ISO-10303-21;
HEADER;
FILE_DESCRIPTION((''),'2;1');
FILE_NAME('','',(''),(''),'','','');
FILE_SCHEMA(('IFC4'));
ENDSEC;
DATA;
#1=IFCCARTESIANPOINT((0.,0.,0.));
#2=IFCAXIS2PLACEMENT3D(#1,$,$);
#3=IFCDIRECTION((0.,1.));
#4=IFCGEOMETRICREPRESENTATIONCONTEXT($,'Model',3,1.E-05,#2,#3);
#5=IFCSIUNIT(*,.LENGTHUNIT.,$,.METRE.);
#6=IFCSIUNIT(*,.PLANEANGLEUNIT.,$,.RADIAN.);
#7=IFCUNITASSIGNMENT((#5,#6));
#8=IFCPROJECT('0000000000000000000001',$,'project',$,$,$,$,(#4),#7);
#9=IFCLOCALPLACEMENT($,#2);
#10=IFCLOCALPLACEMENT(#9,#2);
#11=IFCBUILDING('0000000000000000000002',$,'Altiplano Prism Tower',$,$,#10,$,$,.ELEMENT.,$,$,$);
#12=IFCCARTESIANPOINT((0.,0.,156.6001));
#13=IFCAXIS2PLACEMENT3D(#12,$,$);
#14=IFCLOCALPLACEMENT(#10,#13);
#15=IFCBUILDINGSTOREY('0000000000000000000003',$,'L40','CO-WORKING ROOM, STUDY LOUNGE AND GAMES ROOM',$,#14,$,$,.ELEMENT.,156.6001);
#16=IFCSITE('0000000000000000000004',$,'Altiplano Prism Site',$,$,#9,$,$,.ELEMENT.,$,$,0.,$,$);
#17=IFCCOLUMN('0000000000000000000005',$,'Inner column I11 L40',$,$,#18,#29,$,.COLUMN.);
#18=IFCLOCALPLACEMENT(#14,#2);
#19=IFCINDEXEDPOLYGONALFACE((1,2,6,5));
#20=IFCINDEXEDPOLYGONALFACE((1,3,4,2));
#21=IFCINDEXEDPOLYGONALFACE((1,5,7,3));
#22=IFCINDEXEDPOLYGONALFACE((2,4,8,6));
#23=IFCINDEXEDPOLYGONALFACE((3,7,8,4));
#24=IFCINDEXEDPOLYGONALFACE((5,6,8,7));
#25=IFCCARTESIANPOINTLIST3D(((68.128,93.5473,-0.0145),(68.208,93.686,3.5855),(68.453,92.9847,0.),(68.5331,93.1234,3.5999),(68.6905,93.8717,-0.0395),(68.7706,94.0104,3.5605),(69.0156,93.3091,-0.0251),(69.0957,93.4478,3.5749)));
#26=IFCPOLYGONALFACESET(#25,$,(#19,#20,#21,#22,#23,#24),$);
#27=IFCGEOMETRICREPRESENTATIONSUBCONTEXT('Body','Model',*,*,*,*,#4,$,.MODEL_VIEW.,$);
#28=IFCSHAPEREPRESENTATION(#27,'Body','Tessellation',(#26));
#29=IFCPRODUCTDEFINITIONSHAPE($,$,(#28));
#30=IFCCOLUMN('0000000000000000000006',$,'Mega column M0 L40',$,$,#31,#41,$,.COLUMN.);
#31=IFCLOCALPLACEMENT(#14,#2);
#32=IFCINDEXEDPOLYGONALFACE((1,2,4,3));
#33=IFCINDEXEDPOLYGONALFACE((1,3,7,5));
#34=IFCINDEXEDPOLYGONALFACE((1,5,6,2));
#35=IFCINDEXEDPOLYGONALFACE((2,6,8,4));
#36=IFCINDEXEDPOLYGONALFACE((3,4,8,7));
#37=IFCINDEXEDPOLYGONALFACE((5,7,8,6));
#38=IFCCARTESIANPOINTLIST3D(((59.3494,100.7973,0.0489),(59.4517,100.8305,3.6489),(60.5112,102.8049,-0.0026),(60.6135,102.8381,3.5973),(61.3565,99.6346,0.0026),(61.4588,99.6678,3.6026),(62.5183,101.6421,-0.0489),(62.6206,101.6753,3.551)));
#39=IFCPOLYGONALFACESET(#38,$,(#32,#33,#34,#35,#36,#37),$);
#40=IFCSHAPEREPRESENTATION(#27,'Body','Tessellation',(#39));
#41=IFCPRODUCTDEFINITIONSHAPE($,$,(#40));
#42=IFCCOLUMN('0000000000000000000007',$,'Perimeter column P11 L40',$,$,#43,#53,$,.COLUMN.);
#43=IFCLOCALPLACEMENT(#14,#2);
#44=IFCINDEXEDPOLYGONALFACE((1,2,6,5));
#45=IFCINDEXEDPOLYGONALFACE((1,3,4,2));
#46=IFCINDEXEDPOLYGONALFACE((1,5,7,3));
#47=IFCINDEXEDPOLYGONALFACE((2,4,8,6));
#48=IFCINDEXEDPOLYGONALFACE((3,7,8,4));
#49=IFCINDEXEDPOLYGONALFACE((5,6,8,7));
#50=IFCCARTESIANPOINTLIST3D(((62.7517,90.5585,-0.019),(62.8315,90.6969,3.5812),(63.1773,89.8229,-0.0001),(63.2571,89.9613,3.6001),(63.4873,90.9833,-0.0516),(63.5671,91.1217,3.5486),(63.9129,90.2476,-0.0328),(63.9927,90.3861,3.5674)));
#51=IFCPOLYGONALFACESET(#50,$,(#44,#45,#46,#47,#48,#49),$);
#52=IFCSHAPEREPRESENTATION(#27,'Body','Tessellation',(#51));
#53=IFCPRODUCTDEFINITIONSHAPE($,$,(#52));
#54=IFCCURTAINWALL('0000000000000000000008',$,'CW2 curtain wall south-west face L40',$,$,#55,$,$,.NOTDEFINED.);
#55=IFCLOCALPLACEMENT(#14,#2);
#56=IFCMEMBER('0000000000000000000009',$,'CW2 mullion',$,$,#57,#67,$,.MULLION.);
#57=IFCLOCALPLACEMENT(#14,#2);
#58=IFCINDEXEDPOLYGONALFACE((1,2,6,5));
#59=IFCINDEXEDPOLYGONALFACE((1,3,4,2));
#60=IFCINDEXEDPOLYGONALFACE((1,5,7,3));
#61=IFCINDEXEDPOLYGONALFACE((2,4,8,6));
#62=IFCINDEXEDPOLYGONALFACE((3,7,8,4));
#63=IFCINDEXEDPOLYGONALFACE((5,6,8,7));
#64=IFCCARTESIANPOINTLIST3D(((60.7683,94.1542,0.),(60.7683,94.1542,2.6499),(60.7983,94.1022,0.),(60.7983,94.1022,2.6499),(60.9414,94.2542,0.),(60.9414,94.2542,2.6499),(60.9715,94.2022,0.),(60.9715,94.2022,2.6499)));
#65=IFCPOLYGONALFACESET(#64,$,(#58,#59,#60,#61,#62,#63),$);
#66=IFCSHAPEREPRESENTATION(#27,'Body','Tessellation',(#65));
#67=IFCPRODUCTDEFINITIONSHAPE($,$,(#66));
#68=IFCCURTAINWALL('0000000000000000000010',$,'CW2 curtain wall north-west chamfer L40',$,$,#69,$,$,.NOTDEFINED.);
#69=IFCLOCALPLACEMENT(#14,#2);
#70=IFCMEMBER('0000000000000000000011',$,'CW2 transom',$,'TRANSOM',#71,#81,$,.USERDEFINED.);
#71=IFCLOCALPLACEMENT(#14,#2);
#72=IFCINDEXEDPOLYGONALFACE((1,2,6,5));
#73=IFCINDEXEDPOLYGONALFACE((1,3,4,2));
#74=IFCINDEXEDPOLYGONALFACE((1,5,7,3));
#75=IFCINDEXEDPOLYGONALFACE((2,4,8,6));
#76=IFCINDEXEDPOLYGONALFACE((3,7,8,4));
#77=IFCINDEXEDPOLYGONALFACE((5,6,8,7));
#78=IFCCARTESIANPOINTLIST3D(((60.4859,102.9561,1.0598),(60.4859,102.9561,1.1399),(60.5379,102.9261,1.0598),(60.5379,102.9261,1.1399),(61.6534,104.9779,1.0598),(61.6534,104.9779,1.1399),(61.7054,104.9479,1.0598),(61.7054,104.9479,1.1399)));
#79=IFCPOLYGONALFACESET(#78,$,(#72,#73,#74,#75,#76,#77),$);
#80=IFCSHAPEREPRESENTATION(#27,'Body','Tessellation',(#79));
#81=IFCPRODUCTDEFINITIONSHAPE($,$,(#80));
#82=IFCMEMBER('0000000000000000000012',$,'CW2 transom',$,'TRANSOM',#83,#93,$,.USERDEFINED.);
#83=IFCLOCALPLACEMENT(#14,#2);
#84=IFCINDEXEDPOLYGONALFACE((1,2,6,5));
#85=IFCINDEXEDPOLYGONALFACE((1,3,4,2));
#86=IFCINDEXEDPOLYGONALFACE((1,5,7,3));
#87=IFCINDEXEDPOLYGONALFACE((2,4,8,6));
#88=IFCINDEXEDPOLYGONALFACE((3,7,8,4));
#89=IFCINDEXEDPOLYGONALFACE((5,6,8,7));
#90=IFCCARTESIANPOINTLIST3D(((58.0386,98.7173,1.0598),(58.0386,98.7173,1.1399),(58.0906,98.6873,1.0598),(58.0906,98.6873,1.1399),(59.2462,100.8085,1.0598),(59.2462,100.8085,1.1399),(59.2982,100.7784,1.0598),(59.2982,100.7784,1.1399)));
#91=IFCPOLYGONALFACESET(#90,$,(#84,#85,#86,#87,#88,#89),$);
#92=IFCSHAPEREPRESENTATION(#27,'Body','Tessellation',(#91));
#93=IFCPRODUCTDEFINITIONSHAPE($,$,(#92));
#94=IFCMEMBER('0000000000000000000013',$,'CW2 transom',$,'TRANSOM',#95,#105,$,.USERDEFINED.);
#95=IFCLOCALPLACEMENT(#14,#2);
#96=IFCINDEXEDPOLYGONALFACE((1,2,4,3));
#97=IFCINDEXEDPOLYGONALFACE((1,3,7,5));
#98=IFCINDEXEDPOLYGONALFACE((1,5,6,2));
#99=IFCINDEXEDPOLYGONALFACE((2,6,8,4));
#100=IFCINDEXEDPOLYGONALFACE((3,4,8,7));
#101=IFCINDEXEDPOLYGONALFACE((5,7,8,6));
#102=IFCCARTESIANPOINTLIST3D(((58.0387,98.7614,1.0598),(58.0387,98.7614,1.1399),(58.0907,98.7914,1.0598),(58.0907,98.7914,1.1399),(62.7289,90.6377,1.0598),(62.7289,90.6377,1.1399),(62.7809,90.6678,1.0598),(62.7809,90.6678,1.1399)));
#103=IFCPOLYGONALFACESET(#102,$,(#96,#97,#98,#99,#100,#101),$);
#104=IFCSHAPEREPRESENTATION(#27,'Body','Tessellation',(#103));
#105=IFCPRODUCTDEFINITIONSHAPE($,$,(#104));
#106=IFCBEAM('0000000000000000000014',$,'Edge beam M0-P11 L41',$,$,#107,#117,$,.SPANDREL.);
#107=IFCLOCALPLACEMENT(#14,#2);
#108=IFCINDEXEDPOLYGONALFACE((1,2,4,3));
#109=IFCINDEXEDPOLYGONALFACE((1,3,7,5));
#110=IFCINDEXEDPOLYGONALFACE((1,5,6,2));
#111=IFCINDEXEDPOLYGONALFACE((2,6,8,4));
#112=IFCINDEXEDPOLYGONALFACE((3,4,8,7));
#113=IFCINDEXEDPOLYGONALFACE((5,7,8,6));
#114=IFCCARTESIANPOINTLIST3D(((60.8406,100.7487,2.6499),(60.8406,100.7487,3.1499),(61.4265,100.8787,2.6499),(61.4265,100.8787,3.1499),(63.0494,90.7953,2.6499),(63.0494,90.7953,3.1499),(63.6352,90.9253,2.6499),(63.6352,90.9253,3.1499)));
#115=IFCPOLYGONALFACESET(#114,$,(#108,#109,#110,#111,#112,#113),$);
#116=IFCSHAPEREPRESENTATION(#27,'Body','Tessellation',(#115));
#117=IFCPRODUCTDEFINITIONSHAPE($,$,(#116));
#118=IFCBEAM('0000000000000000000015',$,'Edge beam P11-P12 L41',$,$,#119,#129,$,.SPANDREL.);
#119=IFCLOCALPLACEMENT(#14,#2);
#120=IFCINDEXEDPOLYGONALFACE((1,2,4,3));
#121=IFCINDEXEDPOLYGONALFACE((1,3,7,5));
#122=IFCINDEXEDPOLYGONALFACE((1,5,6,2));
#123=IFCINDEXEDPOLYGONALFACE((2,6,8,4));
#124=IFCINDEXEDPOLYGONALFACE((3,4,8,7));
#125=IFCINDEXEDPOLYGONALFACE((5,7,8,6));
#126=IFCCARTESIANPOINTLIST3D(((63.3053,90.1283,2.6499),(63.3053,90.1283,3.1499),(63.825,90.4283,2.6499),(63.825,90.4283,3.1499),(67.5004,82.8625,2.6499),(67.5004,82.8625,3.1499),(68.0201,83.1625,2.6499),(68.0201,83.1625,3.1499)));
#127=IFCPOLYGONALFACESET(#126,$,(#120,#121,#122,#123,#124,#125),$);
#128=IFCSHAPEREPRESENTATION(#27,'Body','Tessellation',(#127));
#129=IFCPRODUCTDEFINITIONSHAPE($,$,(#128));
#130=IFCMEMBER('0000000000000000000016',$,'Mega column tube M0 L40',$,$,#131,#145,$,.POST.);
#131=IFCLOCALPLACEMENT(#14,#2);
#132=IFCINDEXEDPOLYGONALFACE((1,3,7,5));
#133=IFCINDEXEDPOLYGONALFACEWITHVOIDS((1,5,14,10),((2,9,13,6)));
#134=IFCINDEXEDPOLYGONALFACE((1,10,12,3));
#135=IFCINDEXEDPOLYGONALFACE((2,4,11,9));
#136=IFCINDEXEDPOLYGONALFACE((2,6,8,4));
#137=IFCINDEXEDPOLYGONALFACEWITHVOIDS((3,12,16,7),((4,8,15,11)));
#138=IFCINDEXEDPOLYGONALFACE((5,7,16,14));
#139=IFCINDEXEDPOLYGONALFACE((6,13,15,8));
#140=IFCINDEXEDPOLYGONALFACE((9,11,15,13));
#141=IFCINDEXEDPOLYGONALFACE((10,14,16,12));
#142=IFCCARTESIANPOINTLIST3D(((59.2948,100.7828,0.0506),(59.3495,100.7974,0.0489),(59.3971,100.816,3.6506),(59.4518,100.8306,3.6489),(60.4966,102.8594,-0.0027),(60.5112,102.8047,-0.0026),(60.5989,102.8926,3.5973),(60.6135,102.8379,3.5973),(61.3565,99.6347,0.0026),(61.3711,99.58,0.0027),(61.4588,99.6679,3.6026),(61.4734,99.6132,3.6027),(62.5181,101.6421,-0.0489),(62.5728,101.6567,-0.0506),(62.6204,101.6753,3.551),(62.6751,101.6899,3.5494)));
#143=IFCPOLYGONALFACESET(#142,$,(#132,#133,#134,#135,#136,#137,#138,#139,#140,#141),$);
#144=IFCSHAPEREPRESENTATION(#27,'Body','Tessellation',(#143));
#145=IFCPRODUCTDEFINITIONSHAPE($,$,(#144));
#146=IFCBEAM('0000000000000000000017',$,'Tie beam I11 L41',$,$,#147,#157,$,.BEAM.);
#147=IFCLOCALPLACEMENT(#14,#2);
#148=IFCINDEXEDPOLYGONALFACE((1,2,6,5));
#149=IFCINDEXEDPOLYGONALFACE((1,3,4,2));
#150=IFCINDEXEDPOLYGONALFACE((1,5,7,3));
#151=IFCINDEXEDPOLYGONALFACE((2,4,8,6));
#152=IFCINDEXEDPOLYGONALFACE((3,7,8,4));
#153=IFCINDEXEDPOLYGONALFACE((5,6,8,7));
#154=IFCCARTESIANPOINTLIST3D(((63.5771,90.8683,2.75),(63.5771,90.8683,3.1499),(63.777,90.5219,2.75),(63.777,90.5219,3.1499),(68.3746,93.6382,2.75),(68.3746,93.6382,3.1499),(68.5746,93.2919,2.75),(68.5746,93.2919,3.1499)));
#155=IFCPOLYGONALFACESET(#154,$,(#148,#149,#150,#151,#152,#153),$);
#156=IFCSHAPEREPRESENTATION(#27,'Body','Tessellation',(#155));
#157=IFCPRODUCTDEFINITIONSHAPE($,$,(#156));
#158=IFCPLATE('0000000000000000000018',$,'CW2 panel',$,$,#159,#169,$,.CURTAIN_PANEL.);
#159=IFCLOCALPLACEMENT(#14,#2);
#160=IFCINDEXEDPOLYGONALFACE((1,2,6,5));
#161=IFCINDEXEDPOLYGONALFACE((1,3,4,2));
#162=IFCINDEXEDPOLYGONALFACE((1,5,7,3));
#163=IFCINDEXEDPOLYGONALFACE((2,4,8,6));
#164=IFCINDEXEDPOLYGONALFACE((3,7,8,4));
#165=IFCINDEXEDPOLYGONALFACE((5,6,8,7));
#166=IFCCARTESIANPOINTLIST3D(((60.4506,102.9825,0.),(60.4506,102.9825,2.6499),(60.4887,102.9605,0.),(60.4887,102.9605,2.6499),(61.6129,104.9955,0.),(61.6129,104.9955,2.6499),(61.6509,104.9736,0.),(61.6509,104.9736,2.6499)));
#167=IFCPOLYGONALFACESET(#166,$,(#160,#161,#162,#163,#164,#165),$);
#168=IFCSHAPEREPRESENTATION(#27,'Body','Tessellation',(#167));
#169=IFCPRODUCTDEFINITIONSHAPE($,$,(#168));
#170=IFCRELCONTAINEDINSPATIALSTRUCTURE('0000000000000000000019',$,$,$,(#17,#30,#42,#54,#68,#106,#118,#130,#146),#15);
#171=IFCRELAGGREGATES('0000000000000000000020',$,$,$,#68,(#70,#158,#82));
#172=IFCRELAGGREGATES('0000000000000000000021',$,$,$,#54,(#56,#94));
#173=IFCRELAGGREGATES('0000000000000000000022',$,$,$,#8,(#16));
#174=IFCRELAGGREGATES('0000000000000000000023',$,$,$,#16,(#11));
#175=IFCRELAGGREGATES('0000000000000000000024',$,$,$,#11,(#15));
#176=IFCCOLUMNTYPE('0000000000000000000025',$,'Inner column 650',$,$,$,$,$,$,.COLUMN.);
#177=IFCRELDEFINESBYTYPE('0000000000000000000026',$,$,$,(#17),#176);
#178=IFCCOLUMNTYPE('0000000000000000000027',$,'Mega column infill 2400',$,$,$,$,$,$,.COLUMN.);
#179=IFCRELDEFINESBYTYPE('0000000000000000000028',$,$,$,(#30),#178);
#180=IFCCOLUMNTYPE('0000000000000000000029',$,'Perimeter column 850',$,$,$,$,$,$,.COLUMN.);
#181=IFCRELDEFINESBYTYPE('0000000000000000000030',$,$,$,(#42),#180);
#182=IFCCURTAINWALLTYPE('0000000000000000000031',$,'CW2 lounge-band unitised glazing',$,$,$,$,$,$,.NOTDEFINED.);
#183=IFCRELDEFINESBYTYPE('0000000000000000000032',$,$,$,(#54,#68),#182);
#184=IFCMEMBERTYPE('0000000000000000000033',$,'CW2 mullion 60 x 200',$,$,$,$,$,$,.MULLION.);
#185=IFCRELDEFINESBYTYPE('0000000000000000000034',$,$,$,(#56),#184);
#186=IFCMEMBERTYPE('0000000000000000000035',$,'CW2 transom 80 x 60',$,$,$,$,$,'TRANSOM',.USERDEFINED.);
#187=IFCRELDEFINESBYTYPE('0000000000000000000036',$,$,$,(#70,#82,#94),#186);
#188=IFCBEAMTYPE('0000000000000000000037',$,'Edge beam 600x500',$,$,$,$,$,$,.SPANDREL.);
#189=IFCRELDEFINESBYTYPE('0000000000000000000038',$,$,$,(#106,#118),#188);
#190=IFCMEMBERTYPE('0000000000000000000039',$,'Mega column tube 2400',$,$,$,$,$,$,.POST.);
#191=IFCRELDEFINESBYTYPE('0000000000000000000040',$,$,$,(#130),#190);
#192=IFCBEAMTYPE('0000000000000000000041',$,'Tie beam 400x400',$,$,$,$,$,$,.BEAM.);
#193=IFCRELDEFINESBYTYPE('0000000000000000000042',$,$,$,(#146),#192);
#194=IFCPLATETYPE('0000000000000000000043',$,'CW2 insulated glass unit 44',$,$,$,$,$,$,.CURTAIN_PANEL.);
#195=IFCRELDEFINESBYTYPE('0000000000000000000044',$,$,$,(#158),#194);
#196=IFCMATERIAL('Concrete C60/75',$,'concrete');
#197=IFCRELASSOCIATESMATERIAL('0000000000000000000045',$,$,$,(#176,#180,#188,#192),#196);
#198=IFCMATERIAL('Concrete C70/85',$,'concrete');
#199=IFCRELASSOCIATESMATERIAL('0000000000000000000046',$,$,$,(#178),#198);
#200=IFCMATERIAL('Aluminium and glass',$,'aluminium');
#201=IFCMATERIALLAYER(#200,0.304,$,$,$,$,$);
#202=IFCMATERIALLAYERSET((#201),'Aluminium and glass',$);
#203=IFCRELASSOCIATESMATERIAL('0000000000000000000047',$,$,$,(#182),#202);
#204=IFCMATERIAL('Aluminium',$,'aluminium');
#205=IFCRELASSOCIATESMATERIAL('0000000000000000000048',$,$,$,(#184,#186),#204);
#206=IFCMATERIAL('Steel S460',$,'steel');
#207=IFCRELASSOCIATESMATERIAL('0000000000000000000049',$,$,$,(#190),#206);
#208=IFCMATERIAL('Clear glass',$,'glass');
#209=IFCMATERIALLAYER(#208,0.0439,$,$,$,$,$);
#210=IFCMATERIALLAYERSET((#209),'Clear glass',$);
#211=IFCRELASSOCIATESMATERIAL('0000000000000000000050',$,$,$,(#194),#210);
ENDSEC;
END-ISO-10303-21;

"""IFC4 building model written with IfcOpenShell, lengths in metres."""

from ifc_helpers import new_model, si_unit, direction, frame, origin, origin_2d, place, context, subcontext, project, spatial, rectangle, hollow_rectangle, extrude, material, layer, layer_set, material_profile, profile_set, type_object, element, aggregate, save


model = new_model("IFC4")

# Units and contexts
model_context = context("Model", 3, precision=1e-05, world=origin(), true_north=direction((0.0, 1.0)))
body_context = subcontext(model_context, "Body", "Model", "MODEL_VIEW")
ifc_project = project(units=[si_unit("LENGTHUNIT", "METRE"), si_unit("PLANEANGLEUNIT", "RADIAN")], contexts=[model_context])

# Site, building, storey
site_placement = place(None, origin())
site = spatial("IfcSite", under=ifc_project, at=site_placement, Name="Altiplano Prism Site", CompositionType="ELEMENT", RefElevation=0.0)
building_placement = place(site_placement, origin())
building = spatial("IfcBuilding", under=site, at=building_placement, Name="Altiplano Prism Tower", CompositionType="ELEMENT")
storey_placement = place(building_placement, frame((0.0, 0.0, 156.6001)))
storey = spatial("IfcBuildingStorey", under=building, at=storey_placement, Name="L40", Description="CO-WORKING ROOM, STUDY LOUNGE AND GAMES ROOM", CompositionType="ELEMENT", Elevation=156.6001)

# Columns
ifc_material_1 = material(Name="Concrete C60/75", Category="concrete")
ifc_material_profile_1 = material_profile(ifc_material_1, rectangle(XDim=0.6499, YDim=0.6499, at=origin_2d()), Name="Inner column 650")
ifc_profile_set_1 = profile_set([ifc_material_profile_1], Name="Concrete C60/75")
column_type_1 = type_object("IfcColumnType", Name="Inner column 650", PredefinedType="COLUMN", material=ifc_profile_set_1)
column_1_placement = place(storey_placement, frame((68.5718, 93.4282, -0.0198), z_axis=(0.022223, 0.038483, 0.999012), x_axis=(-0.865642, -0.499182, 0.038485)))
element("IfcColumn", 1, at=column_1_placement, inside=storey, type_object=column_type_1, Name="Inner column I11 L40", PredefinedType="COLUMN", context=body_context, shape_type="SweptSolid", body=[
    extrude(rectangle(XDim=0.6499, YDim=0.6499, at=origin_2d()), origin(), (0.0, 0.0, 1.0), 3.6035),
])
ifc_material_2 = material(Name="Concrete C70/85", Category="concrete")
ifc_material_profile_2 = material_profile(ifc_material_2, rectangle(XDim=2.3201, YDim=2.3201, at=origin_2d()), Name="Mega column infill 2400")
ifc_profile_set_2 = profile_set([ifc_material_profile_2], Name="Concrete C70/85")
column_type_2 = type_object("IfcColumnType", Name="Mega column infill 2400", PredefinedType="COLUMN", material=ifc_profile_set_2)
column_2_placement = place(storey_placement, frame((60.9338, 101.2197, 0.0), z_axis=(0.028404, 0.009219, 0.999554), x_axis=(-0.86512, 0.501167, 0.019961)))
element("IfcColumn", 2, at=column_2_placement, inside=storey, type_object=column_type_2, Name="Mega column M0 L40", PredefinedType="COLUMN", context=body_context, shape_type="SweptSolid", body=[
    extrude(rectangle(XDim=2.3201, YDim=2.3201, at=origin_2d()), origin(), (0.0, 0.0, 1.0), 3.6016),
])
ifc_material_profile_3 = material_profile(ifc_material_1, rectangle(XDim=0.8501, YDim=0.8501, at=origin_2d()), Name="Perimeter column 850")
ifc_profile_set_3 = profile_set([ifc_material_profile_3], Name="Concrete C60/75")
column_type_3 = type_object("IfcColumnType", Name="Perimeter column 850", PredefinedType="COLUMN", material=ifc_profile_set_3)
column_3_placement = place(storey_placement, frame((63.3323, 90.4031, -0.0259), z_axis=(0.022154, 0.038413, 0.999016), x_axis=(-0.865365, -0.499669, 0.038403)))
element("IfcColumn", 3, at=column_3_placement, inside=storey, type_object=column_type_3, Name="Perimeter column P11 L40", PredefinedType="COLUMN", context=body_context, shape_type="SweptSolid", body=[
    extrude(rectangle(XDim=0.8501, YDim=0.8501, at=origin_2d()), origin(), (0.0, 0.0, 1.0), 3.6038),
])

# Curtain wall, member
ifc_material_3 = material(Name="Aluminium and glass", Category="aluminium")
ifc_layer_1 = layer(ifc_material_3, 0.304)
ifc_layer_set_1 = layer_set([ifc_layer_1], Name="Aluminium and glass")
curtain_wall_type = type_object("IfcCurtainWallType", Name="CW2 lounge-band unitised glazing", PredefinedType="NOTDEFINED", material=ifc_layer_set_1)
curtain_wall_1_placement = place(storey_placement, origin())
curtain_wall_1 = element("IfcCurtainWall", 4, at=curtain_wall_1_placement, inside=storey, type_object=curtain_wall_type, Name="CW2 curtain wall south-west face L40", PredefinedType="NOTDEFINED")
ifc_material_4 = material(Name="Aluminium", Category="aluminium")
ifc_material_profile_4 = material_profile(ifc_material_4, rectangle(XDim=0.2, YDim=0.0601, at=origin_2d()), Name="CW2 mullion 60 x 200")
ifc_profile_set_4 = profile_set([ifc_material_profile_4], Name="Aluminium")
member_type_1 = type_object("IfcMemberType", Name="CW2 mullion 60 x 200", PredefinedType="MULLION", material=ifc_profile_set_4)
member_1_placement = place(storey_placement, frame((60.8699, 94.1782, 0.0), z_axis=(0.0, 0.0, 1.0), x_axis=(0.866025, 0.5, 0.0)))
member_1 = element("IfcMember", 5, at=member_1_placement, type_object=member_type_1, Name="CW2 mullion", PredefinedType="MULLION", context=body_context, shape_type="SweptSolid", body=[
    extrude(rectangle(XDim=0.2, YDim=0.0601, at=origin_2d()), origin(), (0.0, 0.0, 1.0), 2.6499),
])

# Curtain wall, members
curtain_wall_2_placement = place(storey_placement, origin())
curtain_wall_2 = element("IfcCurtainWall", 6, at=curtain_wall_2_placement, inside=storey, type_object=curtain_wall_type, Name="CW2 curtain wall north-west chamfer L40", PredefinedType="NOTDEFINED")
ifc_material_profile_5 = material_profile(ifc_material_4, rectangle(XDim=0.0601, YDim=0.0801, at=origin_2d()), Name="CW2 transom 80 x 60")
ifc_profile_set_5 = profile_set([ifc_material_profile_5], Name="Aluminium")
member_type_2 = type_object("IfcMemberType", Name="CW2 transom 80 x 60", ElementType="TRANSOM", PredefinedType="USERDEFINED", material=ifc_profile_set_5)
member_2_placement = place(storey_placement, frame((61.6794, 104.9629, 1.0999), z_axis=(-0.500075, -0.865982, 0.0), x_axis=(0.865982, -0.500075, 0.0)))
member_2 = element("IfcMember", 7, at=member_2_placement, type_object=member_type_2, Name="CW2 transom", ObjectType="TRANSOM", PredefinedType="USERDEFINED", context=body_context, shape_type="SweptSolid", body=[
    extrude(rectangle(XDim=0.0601, YDim=0.0801, at=origin_2d()), origin(), (0.0, 0.0, 1.0), 2.3347),
])
member_3_placement = place(storey_placement, frame((59.2722, 100.7935, 1.0999), z_axis=(-0.500075, -0.865982, 0.0), x_axis=(0.865982, -0.500075, 0.0)))
member_3 = element("IfcMember", 8, at=member_3_placement, type_object=member_type_2, Name="CW2 transom", ObjectType="TRANSOM", PredefinedType="USERDEFINED", context=body_context, shape_type="SweptSolid", body=[
    extrude(rectangle(XDim=0.0601, YDim=0.0801, at=origin_2d()), origin(), (0.0, 0.0, 1.0), 2.4148),
])

# Member
member_4_placement = place(storey_placement, frame((58.0647, 98.7764, 1.0999), z_axis=(0.500005, -0.866023, 0.0), x_axis=(0.866023, 0.500005, 0.0)))
member_4 = element("IfcMember", 9, at=member_4_placement, type_object=member_type_2, Name="CW2 transom", ObjectType="TRANSOM", PredefinedType="USERDEFINED", context=body_context, shape_type="SweptSolid", body=[
    extrude(rectangle(XDim=0.0601, YDim=0.0801, at=origin_2d()), origin(), (0.0, 0.0, 1.0), 9.3804),
])

# Beams
ifc_material_profile_6 = material_profile(ifc_material_1, rectangle(XDim=0.6001, YDim=0.5, at=origin_2d()), Name="Edge beam 600x500")
ifc_profile_set_6 = profile_set([ifc_material_profile_6], Name="Concrete C60/75")
beam_type_1 = type_object("IfcBeamType", Name="Edge beam 600x500", PredefinedType="SPANDREL", material=ifc_profile_set_6)
beam_1_placement = place(storey_placement, frame((61.1335, 100.8137, 2.8999), z_axis=(0.216639, -0.976252, 0.0), x_axis=(0.976252, 0.216639, 0.0)))
element("IfcBeam", 10, at=beam_1_placement, inside=storey, type_object=beam_type_1, Name="Edge beam M0-P11 L41", PredefinedType="SPANDREL", context=body_context, shape_type="SweptSolid", body=[
    extrude(rectangle(XDim=0.6001, YDim=0.5, at=origin_2d()), origin(), (0.0, 0.0, 1.0), 10.1956),
])
beam_2_placement = place(storey_placement, frame((63.5652, 90.2783, 2.8999), z_axis=(0.50001, -0.866019, 0.0), x_axis=(0.866019, 0.50001, 0.0)))
element("IfcBeam", 11, at=beam_2_placement, inside=storey, type_object=beam_type_1, Name="Edge beam P11-P12 L41", PredefinedType="SPANDREL", context=body_context, shape_type="SweptSolid", body=[
    extrude(rectangle(XDim=0.6001, YDim=0.5, at=origin_2d()), origin(), (0.0, 0.0, 1.0), 8.3899),
])

# Member
ifc_material_5 = material(Name="Steel S460", Category="steel")
ifc_material_profile_7 = material_profile(ifc_material_5, hollow_rectangle(XDim=2.3999, YDim=2.3999, WallThickness=0.04, at=origin_2d()), Name="Mega column tube 2400")
ifc_profile_set_7 = profile_set([ifc_material_profile_7], Name="Steel S460")
member_type_3 = type_object("IfcMemberType", Name="Mega column tube 2400", PredefinedType="POST", material=ifc_profile_set_7)
member_5_placement = place(storey_placement, frame((60.9338, 101.2197, 0.0), z_axis=(0.028404, 0.009219, 0.999554), x_axis=(-0.86512, 0.501167, 0.019961)))
element("IfcMember", 12, at=member_5_placement, inside=storey, type_object=member_type_3, Name="Mega column tube M0 L40", PredefinedType="POST", context=body_context, shape_type="SweptSolid", body=[
    extrude(hollow_rectangle(XDim=2.3999, YDim=2.3999, WallThickness=0.04, at=origin_2d()), origin(), (0.0, 0.0, 1.0), 3.6016),
])

# Beam
ifc_material_profile_8 = material_profile(ifc_material_1, rectangle(XDim=0.3999, YDim=0.3999, at=origin_2d()), Name="Tie beam 400x400")
ifc_profile_set_8 = profile_set([ifc_material_profile_8], Name="Concrete C60/75")
beam_type_2 = type_object("IfcBeamType", Name="Tie beam 400x400", PredefinedType="BEAM", material=ifc_profile_set_8)
beam_3_placement = place(storey_placement, frame((68.4746, 93.4651, 2.95), z_axis=(-0.866016, -0.500016, 0.0), x_axis=(0.500016, -0.866016, 0.0)))
element("IfcBeam", 13, at=beam_3_placement, inside=storey, type_object=beam_type_2, Name="Tie beam I11 L41", PredefinedType="BEAM", context=body_context, shape_type="SweptSolid", body=[
    extrude(rectangle(XDim=0.3999, YDim=0.3999, at=origin_2d()), origin(), (0.0, 0.0, 1.0), 5.5398),
])

# Plate
ifc_material_6 = material(Name="Clear glass", Category="glass")
ifc_layer_2 = layer(ifc_material_6, 0.0439)
ifc_layer_set_2 = layer_set([ifc_layer_2], Name="Clear glass")
plate_type = type_object("IfcPlateType", Name="CW2 insulated glass unit 44", PredefinedType="CURTAIN_PANEL", material=ifc_layer_set_2)
plate_1_placement = place(storey_placement, frame((61.0508, 103.978, 0.0), z_axis=(0.0, 0.0, 1.0), x_axis=(-0.5, -0.866025, 0.0)))
plate_1 = element("IfcPlate", 14, at=plate_1_placement, type_object=plate_type, Name="CW2 panel", PredefinedType="CURTAIN_PANEL", context=body_context, shape_type="SweptSolid", body=[
    extrude(rectangle(XDim=2.3245, YDim=0.0439, at=origin_2d()), origin(), (0.0, 0.0, 1.0), 2.6499),
])
aggregate(curtain_wall_2, [member_2, plate_1, member_3])
aggregate(curtain_wall_1, [member_1, member_4])

save(model, "model.ifc")
